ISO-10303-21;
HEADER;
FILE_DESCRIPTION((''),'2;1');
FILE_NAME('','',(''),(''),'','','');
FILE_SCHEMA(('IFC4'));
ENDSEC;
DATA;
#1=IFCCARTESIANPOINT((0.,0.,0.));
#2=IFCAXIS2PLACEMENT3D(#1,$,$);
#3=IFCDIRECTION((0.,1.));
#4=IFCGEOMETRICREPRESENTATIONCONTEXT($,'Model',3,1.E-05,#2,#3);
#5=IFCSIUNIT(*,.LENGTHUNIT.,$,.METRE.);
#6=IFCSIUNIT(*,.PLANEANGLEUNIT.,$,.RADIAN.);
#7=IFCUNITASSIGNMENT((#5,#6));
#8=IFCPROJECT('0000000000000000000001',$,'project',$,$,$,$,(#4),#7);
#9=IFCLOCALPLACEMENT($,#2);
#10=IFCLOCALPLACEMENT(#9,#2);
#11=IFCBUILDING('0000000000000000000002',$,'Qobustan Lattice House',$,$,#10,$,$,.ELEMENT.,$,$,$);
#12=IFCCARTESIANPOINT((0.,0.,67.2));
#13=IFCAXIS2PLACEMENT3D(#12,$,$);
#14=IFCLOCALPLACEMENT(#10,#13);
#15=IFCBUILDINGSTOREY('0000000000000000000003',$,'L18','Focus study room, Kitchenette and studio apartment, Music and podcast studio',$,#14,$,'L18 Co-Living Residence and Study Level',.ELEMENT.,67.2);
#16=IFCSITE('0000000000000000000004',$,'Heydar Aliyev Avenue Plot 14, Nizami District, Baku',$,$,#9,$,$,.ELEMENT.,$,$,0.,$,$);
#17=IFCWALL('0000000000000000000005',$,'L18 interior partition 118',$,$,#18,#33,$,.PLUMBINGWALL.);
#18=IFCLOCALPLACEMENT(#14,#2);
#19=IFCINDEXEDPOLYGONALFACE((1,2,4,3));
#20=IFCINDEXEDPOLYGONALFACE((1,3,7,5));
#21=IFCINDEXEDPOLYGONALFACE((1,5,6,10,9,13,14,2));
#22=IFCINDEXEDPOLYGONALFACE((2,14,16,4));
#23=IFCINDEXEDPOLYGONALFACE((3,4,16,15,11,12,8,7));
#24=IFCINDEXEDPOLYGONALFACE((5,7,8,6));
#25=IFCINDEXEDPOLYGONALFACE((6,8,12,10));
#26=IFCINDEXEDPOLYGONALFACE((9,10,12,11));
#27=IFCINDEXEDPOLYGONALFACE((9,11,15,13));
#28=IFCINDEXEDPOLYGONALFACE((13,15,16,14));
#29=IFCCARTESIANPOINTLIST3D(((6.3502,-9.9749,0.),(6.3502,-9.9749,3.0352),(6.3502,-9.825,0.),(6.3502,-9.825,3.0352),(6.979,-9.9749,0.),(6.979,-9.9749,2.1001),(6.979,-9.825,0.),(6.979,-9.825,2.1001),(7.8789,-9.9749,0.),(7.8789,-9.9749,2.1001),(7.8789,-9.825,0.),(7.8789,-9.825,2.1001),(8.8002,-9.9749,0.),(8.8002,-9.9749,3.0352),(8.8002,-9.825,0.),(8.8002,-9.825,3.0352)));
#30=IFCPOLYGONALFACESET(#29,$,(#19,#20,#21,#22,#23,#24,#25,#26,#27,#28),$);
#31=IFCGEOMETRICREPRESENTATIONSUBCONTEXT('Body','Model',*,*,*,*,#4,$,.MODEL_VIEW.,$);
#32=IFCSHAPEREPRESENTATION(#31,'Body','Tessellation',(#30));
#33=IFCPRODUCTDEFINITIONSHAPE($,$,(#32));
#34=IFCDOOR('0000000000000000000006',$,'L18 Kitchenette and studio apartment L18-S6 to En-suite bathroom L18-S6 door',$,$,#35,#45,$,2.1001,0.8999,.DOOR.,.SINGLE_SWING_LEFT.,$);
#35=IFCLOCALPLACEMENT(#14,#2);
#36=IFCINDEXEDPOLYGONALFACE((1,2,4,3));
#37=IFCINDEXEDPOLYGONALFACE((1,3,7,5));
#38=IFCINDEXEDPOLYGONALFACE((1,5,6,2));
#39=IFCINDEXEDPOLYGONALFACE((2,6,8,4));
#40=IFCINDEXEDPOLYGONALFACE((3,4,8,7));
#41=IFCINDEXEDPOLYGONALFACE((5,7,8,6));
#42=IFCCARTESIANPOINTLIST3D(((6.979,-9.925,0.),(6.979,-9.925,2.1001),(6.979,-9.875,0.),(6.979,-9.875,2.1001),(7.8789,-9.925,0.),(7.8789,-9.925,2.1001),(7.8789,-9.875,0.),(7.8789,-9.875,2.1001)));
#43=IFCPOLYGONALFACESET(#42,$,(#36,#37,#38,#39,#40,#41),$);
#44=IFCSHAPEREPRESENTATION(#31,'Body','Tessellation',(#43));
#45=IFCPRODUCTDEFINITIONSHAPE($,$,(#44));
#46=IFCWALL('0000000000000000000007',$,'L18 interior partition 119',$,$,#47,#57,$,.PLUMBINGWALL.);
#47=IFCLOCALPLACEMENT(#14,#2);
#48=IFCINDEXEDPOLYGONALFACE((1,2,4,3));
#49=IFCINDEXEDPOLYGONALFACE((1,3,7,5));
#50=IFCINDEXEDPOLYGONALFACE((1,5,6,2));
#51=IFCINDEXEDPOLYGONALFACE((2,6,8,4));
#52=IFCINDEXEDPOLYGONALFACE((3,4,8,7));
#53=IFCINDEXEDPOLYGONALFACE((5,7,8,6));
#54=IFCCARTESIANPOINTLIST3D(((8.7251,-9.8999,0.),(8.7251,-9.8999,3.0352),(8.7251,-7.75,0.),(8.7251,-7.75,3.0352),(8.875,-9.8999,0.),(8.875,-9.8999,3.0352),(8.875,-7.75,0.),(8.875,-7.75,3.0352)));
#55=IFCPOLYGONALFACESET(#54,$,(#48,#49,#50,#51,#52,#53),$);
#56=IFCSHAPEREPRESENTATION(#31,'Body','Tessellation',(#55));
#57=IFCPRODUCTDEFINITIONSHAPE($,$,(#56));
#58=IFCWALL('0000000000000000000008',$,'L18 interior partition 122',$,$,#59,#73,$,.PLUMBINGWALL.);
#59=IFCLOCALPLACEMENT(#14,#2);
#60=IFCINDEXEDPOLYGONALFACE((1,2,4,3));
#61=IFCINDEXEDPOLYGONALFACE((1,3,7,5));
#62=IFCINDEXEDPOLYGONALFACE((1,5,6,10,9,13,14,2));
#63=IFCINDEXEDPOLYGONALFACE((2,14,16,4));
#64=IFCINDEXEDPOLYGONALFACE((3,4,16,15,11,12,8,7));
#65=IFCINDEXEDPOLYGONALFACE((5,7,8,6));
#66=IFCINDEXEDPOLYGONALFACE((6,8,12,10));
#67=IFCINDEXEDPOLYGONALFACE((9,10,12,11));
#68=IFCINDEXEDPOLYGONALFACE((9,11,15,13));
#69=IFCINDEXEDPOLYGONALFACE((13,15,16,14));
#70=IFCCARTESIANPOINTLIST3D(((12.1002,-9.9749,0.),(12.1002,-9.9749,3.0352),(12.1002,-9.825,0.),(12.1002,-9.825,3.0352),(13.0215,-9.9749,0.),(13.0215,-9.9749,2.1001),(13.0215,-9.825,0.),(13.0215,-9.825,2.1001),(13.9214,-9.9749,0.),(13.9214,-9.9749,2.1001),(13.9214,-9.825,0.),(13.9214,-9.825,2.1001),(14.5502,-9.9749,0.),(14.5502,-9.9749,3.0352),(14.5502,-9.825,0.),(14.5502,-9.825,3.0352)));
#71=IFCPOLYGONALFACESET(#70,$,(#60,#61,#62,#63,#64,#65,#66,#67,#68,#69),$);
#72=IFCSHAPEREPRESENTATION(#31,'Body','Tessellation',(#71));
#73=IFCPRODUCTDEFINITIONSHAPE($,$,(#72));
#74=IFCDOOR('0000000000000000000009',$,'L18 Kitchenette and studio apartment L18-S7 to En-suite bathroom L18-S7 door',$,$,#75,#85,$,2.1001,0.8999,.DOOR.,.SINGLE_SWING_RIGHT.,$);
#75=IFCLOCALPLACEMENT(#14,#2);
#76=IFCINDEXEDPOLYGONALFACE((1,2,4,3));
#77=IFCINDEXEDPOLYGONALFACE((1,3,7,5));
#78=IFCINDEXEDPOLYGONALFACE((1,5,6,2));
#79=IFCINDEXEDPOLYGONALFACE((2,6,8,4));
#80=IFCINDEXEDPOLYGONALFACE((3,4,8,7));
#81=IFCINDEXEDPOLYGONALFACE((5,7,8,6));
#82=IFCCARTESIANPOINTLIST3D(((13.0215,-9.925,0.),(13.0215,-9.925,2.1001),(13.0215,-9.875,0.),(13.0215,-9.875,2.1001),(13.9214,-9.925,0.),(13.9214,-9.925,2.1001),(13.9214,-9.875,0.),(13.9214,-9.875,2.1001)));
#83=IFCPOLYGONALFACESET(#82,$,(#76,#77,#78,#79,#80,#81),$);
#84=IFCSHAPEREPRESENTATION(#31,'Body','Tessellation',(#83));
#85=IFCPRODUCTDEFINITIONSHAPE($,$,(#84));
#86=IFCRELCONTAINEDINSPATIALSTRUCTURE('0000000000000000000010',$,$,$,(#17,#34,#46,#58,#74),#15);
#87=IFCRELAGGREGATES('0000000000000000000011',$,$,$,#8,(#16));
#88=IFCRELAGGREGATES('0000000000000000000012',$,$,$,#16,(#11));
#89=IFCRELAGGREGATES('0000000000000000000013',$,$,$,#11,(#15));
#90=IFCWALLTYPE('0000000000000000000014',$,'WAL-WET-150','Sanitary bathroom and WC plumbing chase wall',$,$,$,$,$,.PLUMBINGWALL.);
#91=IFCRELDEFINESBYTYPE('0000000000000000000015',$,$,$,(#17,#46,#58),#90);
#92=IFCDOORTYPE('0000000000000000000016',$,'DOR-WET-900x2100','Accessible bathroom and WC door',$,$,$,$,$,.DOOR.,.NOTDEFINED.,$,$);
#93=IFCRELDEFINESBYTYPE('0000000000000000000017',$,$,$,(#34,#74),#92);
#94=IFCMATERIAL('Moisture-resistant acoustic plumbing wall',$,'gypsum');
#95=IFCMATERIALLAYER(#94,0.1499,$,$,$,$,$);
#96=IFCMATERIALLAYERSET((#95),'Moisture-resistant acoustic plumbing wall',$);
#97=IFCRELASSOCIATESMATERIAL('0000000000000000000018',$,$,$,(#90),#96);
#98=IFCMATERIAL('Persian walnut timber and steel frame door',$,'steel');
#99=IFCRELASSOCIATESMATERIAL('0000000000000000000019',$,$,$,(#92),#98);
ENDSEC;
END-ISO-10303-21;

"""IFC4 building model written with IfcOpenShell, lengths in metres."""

from ifc_helpers import new_model, si_unit, direction, frame, frame_2d, origin, place, context, subcontext, project, spatial, rectangle, extrude, material, layer, layer_set, type_object, element, fill, save


model = new_model("IFC4")

# Units and contexts
model_context = context("Model", 3, precision=1e-05, world=origin(), true_north=direction((0.0, 1.0)))
body_context = subcontext(model_context, "Body", "Model", "MODEL_VIEW")
ifc_project = project(units=[si_unit("LENGTHUNIT", "METRE"), si_unit("PLANEANGLEUNIT", "RADIAN")], contexts=[model_context])

# Site, building, storey
site_placement = place(None, origin())
site = spatial("IfcSite", under=ifc_project, at=site_placement, Name="Heydar Aliyev Avenue Plot 14, Nizami District, Baku", CompositionType="ELEMENT", RefElevation=0.0)
building_placement = place(site_placement, origin())
building = spatial("IfcBuilding", under=site, at=building_placement, Name="Qobustan Lattice House", CompositionType="ELEMENT")
storey_placement = place(building_placement, frame((0.0, 0.0, 67.2)))
storey = spatial("IfcBuildingStorey", under=building, at=storey_placement, Name="L18", Description="Focus study room, Kitchenette and studio apartment, Music and podcast studio", LongName="L18 Co-Living Residence and Study Level", CompositionType="ELEMENT", Elevation=67.2)

# Shared definitions
ifc_material_1 = material(Name="Moisture-resistant acoustic plumbing wall", Category="gypsum")
ifc_layer_1 = layer(ifc_material_1, 0.1499)
ifc_layer_set_1 = layer_set([ifc_layer_1], Name="Moisture-resistant acoustic plumbing wall")
wall_type_1 = type_object("IfcWallType", Name="WAL-WET-150", Description="Sanitary bathroom and WC plumbing chase wall", PredefinedType="PLUMBINGWALL", material=ifc_layer_set_1)

# Shared definitions
ifc_material_2 = material(Name="Persian walnut timber and steel frame door", Category="steel")
door_type_1 = type_object("IfcDoorType", Name="DOR-WET-900x2100", Description="Accessible bathroom and WC door", OperationType="NOTDEFINED", PredefinedType="DOOR", material=ifc_material_2)

# Wall, opening, door
wall_1_placement = place(storey_placement, frame((6.3501, -9.8999, 0.0), z_axis=(0.0, 0.0, 1.0), x_axis=(1.0, 0.0, 0.0)))
wall_1 = element("IfcWall", 1, at=wall_1_placement, inside=storey, type_object=wall_type_1, Name="L18 interior partition 118", PredefinedType="PLUMBINGWALL", context=body_context, shape_type="SweptSolid", body=[
    extrude(rectangle(XDim=2.45, YDim=0.1499, at=frame_2d((1.2251, 0.0))), origin(), (0.0, 0.0, 1.0), 3.0352),
])
opening_1_placement = place(wall_1_placement, frame((0.6289, 0.0, 0.0)))
opening_1 = element("IfcOpeningElement", 2, at=opening_1_placement, cuts=wall_1, PredefinedType="OPENING", context=body_context, shape_type="SweptSolid", body=[
    extrude(rectangle(XDim=0.8999, YDim=2.1001, at=frame_2d((0.45, 1.05))), frame((0.0, 0.085, 0.0), z_axis=(0.0, -1.0, 0.0), x_axis=(1.0, 0.0, 0.0)), (0.0, 0.0, 1.0), 0.1699),
])
door_1_placement = place(opening_1_placement, origin())
door_1 = element("IfcDoor", 3, at=door_1_placement, inside=storey, type_object=door_type_1, Name="L18 Kitchenette and studio apartment L18-S6 to En-suite bathroom L18-S6 door", OperationType="SINGLE_SWING_LEFT", OverallHeight=2.1001, OverallWidth=0.8999, PredefinedType="DOOR", context=body_context, shape_type="SweptSolid", body=[
    extrude(rectangle(XDim=0.8999, YDim=2.1001, at=frame_2d((0.45, 1.05))), frame((0.0, 0.0249, 0.0), z_axis=(0.0, -1.0, 0.0), x_axis=(1.0, 0.0, 0.0)), (0.0, 0.0, 1.0), 0.05),
])
fill(opening_1, door_1)

# Wall
wall_2_placement = place(storey_placement, frame((8.8, -9.8999, 0.0), z_axis=(0.0, 0.0, 1.0), x_axis=(0.0, 1.0, 0.0)))
element("IfcWall", 4, at=wall_2_placement, inside=storey, type_object=wall_type_1, Name="L18 interior partition 119", PredefinedType="PLUMBINGWALL", context=body_context, shape_type="SweptSolid", body=[
    extrude(rectangle(XDim=2.1499, YDim=0.1499, at=frame_2d((1.075, 0.0))), origin(), (0.0, 0.0, 1.0), 3.0352),
])

# Wall, opening, door
wall_3_placement = place(storey_placement, frame((12.1001, -9.8999, 0.0), z_axis=(0.0, 0.0, 1.0), x_axis=(1.0, 0.0, 0.0)))
wall_3 = element("IfcWall", 5, at=wall_3_placement, inside=storey, type_object=wall_type_1, Name="L18 interior partition 122", PredefinedType="PLUMBINGWALL", context=body_context, shape_type="SweptSolid", body=[
    extrude(rectangle(XDim=2.45, YDim=0.1499, at=frame_2d((1.2251, 0.0))), origin(), (0.0, 0.0, 1.0), 3.0352),
])
opening_2_placement = place(wall_3_placement, frame((0.9214, 0.0, 0.0)))
opening_2 = element("IfcOpeningElement", 6, at=opening_2_placement, cuts=wall_3, PredefinedType="OPENING", context=body_context, shape_type="SweptSolid", body=[
    extrude(rectangle(XDim=0.8999, YDim=2.1001, at=frame_2d((0.45, 1.05))), frame((0.0, 0.085, 0.0), z_axis=(0.0, -1.0, 0.0), x_axis=(1.0, 0.0, 0.0)), (0.0, 0.0, 1.0), 0.1699),
])
door_2_placement = place(opening_2_placement, origin())
door_2 = element("IfcDoor", 7, at=door_2_placement, inside=storey, type_object=door_type_1, Name="L18 Kitchenette and studio apartment L18-S7 to En-suite bathroom L18-S7 door", OperationType="SINGLE_SWING_RIGHT", OverallHeight=2.1001, OverallWidth=0.8999, PredefinedType="DOOR", context=body_context, shape_type="SweptSolid", body=[
    extrude(rectangle(XDim=0.8999, YDim=2.1001, at=frame_2d((0.45, 1.05))), frame((0.0, 0.0249, 0.0), z_axis=(0.0, -1.0, 0.0), x_axis=(1.0, 0.0, 0.0)), (0.0, 0.0, 1.0), 0.05),
])
fill(opening_2, door_2)

save(model, "model.ifc")
